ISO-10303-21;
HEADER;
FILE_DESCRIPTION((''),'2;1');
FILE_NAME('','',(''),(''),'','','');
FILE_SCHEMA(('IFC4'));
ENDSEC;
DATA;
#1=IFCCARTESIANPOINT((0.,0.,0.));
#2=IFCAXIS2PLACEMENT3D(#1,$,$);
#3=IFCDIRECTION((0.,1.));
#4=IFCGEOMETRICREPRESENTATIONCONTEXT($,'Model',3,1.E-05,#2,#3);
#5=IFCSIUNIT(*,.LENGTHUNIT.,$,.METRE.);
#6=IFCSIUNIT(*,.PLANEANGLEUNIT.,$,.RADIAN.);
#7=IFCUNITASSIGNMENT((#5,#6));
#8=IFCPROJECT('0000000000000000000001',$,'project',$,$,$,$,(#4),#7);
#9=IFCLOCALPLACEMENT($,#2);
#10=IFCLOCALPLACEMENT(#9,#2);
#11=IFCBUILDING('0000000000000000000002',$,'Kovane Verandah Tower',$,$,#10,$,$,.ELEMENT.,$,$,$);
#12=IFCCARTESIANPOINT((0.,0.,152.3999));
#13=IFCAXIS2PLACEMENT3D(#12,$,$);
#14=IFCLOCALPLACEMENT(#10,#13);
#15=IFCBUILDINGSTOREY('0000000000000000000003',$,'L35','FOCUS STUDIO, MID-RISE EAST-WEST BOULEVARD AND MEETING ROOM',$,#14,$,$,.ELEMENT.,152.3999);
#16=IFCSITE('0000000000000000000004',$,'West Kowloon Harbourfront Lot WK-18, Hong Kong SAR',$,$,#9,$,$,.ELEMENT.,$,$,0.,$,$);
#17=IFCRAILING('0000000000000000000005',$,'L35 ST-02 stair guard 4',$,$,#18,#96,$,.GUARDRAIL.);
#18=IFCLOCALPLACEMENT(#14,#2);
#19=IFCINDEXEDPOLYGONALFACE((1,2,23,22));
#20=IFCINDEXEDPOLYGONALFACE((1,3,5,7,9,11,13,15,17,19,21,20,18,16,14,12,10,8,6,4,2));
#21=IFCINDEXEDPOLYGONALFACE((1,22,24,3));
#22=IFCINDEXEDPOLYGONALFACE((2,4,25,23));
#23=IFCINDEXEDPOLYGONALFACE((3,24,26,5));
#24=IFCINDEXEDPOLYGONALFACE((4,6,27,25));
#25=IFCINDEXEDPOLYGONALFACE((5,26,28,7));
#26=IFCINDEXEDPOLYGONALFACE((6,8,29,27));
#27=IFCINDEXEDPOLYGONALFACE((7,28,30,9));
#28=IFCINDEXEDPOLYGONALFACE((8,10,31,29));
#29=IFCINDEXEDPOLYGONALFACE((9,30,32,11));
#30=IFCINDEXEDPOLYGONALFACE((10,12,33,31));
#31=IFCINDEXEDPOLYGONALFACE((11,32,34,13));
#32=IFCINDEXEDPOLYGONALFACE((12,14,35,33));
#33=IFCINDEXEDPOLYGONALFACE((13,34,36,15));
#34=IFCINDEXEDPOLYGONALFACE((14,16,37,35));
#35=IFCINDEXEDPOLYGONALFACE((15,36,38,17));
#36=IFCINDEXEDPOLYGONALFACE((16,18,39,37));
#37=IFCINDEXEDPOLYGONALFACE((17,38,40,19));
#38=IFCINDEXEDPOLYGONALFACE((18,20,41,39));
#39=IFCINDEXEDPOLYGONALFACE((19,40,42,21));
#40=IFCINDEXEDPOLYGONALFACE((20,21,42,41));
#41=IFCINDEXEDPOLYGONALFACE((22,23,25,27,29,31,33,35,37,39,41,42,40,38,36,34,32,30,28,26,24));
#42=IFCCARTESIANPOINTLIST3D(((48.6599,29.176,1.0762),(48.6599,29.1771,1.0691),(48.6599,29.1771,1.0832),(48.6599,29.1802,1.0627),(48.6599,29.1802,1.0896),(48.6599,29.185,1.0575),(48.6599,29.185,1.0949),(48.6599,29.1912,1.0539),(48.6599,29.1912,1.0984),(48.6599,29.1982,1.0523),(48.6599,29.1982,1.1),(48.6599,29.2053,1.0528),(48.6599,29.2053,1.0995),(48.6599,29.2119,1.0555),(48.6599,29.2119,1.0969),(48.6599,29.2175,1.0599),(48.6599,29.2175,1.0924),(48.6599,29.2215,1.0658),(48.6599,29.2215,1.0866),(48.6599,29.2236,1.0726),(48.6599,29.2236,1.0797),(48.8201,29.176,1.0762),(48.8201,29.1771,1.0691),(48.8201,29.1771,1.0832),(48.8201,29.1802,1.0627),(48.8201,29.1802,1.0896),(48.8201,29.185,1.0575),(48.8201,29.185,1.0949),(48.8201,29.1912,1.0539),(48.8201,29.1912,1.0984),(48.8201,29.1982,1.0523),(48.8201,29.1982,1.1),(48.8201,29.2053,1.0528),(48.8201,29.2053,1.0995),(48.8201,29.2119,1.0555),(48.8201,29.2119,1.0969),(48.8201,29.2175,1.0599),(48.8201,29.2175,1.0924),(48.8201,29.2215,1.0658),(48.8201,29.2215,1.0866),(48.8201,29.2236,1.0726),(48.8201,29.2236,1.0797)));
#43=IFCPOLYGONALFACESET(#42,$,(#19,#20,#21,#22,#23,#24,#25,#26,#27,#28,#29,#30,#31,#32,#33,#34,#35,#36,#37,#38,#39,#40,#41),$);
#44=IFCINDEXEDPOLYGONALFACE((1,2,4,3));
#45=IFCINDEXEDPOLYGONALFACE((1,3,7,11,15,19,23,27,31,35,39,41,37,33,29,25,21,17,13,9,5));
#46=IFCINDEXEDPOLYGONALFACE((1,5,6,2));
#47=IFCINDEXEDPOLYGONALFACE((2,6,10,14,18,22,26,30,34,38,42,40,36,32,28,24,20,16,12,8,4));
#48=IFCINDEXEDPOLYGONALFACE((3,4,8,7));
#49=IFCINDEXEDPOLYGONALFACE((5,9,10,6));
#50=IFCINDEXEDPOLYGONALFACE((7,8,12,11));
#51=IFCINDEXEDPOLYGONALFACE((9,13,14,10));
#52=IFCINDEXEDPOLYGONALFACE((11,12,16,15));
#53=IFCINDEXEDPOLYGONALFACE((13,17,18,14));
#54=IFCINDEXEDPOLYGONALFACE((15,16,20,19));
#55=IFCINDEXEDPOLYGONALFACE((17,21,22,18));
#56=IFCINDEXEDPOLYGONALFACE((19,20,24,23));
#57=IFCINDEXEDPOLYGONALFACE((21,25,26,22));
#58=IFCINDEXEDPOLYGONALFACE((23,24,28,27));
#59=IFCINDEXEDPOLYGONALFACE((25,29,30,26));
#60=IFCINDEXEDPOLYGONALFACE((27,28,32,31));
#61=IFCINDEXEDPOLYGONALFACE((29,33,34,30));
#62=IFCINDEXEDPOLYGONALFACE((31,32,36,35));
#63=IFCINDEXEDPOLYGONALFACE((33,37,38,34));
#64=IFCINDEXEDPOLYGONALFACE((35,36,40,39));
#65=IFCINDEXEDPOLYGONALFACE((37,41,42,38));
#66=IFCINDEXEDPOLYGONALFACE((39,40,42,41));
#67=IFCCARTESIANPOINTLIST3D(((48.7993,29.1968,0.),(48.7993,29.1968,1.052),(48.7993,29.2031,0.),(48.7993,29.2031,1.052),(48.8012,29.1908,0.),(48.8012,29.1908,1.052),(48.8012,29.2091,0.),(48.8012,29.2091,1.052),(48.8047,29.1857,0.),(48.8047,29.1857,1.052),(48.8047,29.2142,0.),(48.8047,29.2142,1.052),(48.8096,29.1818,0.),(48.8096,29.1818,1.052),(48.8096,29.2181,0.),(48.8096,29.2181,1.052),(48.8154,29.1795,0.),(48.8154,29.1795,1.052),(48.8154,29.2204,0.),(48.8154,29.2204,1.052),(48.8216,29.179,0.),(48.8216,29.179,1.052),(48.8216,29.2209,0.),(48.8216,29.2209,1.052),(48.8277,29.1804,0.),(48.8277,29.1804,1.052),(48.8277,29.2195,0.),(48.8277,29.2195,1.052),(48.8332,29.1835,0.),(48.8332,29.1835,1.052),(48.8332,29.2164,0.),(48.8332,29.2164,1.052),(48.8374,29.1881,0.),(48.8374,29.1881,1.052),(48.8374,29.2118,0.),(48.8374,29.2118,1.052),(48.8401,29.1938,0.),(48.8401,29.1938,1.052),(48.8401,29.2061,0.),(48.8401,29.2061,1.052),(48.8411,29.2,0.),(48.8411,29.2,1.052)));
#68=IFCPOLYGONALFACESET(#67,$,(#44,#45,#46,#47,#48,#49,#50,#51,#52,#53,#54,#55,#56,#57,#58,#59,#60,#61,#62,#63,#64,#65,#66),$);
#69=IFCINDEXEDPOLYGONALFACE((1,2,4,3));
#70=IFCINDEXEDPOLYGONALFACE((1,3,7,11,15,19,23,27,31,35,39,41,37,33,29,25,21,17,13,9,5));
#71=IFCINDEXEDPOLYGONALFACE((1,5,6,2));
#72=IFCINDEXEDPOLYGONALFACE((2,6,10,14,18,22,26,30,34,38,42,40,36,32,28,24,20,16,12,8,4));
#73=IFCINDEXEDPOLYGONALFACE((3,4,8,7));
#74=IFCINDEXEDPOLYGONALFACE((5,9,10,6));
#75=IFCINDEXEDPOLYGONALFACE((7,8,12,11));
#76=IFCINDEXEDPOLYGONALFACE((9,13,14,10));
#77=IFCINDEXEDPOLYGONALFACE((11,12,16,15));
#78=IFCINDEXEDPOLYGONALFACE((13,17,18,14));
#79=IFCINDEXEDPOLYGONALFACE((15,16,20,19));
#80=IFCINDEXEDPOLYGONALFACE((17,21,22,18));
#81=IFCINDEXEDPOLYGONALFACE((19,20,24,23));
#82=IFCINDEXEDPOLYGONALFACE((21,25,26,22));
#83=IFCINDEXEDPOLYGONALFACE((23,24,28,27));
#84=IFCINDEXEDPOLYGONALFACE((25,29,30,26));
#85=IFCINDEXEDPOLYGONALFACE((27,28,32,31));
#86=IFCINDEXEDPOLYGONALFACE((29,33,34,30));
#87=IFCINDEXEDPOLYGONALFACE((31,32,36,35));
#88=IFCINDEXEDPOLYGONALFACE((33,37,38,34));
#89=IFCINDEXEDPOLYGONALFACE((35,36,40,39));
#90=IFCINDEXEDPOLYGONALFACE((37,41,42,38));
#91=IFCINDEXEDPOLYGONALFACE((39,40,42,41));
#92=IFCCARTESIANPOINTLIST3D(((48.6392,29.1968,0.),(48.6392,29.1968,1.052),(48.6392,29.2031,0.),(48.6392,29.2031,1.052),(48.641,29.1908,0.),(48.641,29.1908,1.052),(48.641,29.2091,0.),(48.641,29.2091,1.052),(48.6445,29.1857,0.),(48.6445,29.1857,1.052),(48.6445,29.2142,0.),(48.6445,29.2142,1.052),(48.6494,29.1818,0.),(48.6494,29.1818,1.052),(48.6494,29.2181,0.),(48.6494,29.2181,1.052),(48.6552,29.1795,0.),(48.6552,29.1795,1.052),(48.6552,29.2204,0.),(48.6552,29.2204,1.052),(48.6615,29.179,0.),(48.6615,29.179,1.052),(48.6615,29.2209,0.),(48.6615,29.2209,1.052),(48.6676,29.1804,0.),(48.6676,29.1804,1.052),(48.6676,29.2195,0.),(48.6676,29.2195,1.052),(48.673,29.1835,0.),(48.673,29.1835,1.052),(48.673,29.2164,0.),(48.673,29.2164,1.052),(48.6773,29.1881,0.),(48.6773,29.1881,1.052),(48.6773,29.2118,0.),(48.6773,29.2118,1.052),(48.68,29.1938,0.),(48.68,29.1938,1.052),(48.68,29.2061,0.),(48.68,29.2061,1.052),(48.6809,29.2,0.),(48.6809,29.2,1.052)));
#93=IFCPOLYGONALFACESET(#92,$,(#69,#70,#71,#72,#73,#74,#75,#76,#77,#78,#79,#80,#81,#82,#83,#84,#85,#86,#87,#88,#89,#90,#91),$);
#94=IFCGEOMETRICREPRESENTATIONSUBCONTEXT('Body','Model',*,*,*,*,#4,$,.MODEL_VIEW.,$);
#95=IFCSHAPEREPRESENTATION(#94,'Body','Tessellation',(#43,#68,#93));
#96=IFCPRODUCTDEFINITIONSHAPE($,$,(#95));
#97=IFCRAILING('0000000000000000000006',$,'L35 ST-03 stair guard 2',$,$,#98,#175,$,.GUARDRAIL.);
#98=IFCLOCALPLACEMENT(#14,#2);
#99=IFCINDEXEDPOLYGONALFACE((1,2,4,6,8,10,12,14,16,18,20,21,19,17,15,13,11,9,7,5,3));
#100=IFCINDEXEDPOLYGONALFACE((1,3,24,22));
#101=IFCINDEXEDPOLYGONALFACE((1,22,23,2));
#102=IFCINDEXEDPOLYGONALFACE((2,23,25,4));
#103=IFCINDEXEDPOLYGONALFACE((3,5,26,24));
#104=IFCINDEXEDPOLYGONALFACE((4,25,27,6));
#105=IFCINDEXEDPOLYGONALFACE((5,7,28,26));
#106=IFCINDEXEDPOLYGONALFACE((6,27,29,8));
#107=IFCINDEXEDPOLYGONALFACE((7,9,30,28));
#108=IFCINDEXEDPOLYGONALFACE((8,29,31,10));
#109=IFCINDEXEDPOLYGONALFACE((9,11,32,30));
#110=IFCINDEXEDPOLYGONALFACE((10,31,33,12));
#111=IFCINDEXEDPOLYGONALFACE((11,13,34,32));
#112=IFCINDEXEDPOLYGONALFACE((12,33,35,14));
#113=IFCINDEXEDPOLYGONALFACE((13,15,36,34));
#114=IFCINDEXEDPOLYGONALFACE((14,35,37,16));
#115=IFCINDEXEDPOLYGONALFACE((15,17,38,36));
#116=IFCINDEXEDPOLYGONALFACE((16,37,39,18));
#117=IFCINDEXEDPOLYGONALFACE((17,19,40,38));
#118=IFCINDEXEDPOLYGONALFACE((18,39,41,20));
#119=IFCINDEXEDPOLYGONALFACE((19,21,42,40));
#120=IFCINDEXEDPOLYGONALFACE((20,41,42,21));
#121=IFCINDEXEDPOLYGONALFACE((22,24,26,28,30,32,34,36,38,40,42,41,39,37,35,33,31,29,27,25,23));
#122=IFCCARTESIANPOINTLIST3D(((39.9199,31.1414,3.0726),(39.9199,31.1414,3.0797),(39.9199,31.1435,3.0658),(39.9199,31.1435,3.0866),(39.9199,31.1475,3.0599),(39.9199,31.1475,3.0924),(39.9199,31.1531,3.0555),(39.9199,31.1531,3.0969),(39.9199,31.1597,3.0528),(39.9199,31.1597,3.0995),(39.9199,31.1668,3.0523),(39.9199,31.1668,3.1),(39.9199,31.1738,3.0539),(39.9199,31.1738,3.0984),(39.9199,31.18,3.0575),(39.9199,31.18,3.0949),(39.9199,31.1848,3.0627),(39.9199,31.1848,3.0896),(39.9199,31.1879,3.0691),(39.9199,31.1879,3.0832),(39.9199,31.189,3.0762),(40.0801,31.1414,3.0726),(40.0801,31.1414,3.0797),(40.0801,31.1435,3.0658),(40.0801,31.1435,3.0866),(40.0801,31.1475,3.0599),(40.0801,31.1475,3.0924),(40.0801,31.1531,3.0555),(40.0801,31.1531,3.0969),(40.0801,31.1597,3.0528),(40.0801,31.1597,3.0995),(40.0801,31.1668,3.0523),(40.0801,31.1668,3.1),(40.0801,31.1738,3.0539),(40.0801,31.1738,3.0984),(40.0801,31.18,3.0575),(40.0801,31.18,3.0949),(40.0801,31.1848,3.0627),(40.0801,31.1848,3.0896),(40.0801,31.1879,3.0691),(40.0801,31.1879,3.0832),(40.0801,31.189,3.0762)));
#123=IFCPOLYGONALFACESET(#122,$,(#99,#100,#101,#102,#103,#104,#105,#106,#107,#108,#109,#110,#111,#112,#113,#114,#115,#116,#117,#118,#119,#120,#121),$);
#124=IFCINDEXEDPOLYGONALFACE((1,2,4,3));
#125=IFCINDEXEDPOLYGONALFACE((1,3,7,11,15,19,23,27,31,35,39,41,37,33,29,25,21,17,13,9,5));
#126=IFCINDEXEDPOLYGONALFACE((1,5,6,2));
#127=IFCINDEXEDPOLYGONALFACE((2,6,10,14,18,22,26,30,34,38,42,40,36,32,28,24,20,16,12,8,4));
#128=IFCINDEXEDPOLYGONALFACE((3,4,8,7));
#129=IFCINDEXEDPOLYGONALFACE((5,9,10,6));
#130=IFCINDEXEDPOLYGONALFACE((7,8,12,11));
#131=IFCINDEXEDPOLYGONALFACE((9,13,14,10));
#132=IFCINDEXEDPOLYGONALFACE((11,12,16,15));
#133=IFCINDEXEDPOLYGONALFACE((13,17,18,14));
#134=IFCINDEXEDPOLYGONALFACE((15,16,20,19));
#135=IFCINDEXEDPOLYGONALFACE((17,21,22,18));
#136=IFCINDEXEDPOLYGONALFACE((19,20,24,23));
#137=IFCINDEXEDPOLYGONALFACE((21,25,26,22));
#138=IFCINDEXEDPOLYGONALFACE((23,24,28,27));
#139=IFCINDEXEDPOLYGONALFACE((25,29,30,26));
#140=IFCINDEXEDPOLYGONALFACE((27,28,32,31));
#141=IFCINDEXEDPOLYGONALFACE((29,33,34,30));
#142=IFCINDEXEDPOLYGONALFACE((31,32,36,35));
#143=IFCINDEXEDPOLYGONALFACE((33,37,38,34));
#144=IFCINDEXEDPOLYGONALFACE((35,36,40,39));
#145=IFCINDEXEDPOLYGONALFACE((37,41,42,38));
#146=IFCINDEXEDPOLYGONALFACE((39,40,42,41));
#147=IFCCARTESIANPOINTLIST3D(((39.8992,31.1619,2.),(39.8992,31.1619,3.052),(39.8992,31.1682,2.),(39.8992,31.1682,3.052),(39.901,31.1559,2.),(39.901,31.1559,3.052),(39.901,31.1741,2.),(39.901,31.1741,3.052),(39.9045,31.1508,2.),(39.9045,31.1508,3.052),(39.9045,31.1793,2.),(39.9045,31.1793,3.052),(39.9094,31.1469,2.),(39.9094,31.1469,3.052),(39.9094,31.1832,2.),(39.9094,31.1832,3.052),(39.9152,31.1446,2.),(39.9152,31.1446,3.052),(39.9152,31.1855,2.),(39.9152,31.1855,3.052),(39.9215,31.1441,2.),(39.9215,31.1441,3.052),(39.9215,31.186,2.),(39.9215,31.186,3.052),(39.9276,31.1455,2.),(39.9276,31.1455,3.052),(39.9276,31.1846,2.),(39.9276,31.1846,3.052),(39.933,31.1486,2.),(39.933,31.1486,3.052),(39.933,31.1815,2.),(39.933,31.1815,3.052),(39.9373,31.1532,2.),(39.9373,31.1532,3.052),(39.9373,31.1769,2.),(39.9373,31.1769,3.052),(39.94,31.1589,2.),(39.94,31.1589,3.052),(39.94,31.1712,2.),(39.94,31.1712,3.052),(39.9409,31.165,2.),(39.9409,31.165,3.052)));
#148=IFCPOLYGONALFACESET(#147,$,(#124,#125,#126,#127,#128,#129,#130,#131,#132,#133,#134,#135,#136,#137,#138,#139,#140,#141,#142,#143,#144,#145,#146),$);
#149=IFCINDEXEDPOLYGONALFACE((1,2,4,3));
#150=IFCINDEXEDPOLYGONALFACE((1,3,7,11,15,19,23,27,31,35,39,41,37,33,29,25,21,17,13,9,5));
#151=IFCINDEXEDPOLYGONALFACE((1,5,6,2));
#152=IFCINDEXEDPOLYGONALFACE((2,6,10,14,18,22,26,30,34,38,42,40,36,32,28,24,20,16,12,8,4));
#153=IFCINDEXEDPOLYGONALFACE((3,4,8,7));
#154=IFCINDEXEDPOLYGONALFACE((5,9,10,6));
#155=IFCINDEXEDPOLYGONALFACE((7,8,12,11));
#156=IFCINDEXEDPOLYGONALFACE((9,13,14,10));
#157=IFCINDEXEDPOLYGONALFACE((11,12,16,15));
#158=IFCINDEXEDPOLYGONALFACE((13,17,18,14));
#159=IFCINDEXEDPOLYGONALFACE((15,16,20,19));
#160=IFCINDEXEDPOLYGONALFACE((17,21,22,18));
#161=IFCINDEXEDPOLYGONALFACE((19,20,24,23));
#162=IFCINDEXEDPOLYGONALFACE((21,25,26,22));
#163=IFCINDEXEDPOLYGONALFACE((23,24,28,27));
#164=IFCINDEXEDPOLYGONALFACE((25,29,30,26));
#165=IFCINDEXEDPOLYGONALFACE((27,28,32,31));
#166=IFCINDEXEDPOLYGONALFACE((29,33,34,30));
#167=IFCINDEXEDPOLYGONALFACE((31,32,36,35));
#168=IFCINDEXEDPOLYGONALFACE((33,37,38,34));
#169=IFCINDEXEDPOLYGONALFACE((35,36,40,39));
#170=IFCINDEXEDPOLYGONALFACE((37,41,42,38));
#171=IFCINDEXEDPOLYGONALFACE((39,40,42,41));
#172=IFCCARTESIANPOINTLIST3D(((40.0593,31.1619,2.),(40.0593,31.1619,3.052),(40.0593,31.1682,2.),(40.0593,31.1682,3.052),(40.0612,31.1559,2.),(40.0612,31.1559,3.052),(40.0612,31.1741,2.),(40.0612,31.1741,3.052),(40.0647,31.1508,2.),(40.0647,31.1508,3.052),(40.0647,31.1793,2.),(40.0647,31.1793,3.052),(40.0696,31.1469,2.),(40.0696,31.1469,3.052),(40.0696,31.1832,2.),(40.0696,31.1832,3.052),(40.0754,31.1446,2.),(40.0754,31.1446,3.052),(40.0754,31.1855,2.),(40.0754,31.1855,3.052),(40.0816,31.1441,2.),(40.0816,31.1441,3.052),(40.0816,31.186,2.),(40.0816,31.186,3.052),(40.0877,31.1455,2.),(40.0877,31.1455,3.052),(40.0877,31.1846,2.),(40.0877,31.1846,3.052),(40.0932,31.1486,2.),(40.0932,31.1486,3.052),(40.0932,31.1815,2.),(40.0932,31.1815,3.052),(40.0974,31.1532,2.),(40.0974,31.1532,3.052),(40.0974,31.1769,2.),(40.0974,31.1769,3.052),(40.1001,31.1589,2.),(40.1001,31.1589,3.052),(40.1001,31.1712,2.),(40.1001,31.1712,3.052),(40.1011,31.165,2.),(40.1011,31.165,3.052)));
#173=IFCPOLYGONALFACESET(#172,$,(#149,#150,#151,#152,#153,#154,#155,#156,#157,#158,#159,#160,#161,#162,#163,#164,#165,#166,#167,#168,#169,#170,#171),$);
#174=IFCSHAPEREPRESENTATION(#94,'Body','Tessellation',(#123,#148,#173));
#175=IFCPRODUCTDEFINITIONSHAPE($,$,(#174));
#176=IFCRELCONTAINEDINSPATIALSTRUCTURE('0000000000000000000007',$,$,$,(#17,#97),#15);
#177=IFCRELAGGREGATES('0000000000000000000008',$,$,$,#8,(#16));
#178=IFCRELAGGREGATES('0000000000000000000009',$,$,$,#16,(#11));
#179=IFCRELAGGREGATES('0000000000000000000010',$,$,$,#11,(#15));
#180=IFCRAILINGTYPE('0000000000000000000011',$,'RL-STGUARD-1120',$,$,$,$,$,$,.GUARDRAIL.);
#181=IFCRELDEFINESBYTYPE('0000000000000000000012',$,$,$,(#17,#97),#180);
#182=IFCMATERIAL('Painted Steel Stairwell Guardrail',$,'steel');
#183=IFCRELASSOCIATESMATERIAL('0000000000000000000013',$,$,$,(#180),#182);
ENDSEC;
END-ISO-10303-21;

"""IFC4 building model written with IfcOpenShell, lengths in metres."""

from ifc_helpers import new_model, si_unit, direction, frame, origin, origin_2d, place, context, subcontext, project, spatial, circle, extrude, material, type_object, element, save


model = new_model("IFC4")

# Units and contexts
model_context = context("Model", 3, precision=1e-05, world=origin(), true_north=direction((0.0, 1.0)))
body_context = subcontext(model_context, "Body", "Model", "MODEL_VIEW")
ifc_project = project(units=[si_unit("LENGTHUNIT", "METRE"), si_unit("PLANEANGLEUNIT", "RADIAN")], contexts=[model_context])

# Site, building, storey
site_placement = place(None, origin())
site = spatial("IfcSite", under=ifc_project, at=site_placement, Name="West Kowloon Harbourfront Lot WK-18, Hong Kong SAR", CompositionType="ELEMENT", RefElevation=0.0)
building_placement = place(site_placement, origin())
building = spatial("IfcBuilding", under=site, at=building_placement, Name="Kovane Verandah Tower", CompositionType="ELEMENT")
storey_placement = place(building_placement, frame((0.0, 0.0, 152.3999)))
storey = spatial("IfcBuildingStorey", under=building, at=storey_placement, Name="L35", Description="FOCUS STUDIO, MID-RISE EAST-WEST BOULEVARD AND MEETING ROOM", CompositionType="ELEMENT", Elevation=152.3999)

# Railings
ifc_material_1 = material(Name="Painted Steel Stairwell Guardrail", Category="steel")
railing_type_1 = type_object("IfcRailingType", Name="RL-STGUARD-1120", PredefinedType="GUARDRAIL", material=ifc_material_1)
railing_1_placement = place(storey_placement, frame((48.8201, 29.2, 0.0)))
element("IfcRailing", 1, at=railing_1_placement, inside=storey, type_object=railing_type_1, Name="L35 ST-02 stair guard 4", PredefinedType="GUARDRAIL", context=body_context, shape_type="SweptSolid", body=[
    extrude(circle(Radius=0.0239, at=origin_2d()), frame((0.0, 0.0, 1.0762), z_axis=(-1.0, 0.0, 0.0), x_axis=(0.0, -1.0, 0.0)), (0.0, 0.0, 1.0), 0.1602),
    extrude(circle(Radius=0.021, at=origin_2d()), origin(), (0.0, 0.0, 1.0), 1.052),
    extrude(circle(Radius=0.021, at=origin_2d()), frame((-0.1602, 0.0, 0.0)), (0.0, 0.0, 1.0), 1.052),
])
railing_2_placement = place(storey_placement, frame((39.9199, 31.165, 2.0)))
element("IfcRailing", 2, at=railing_2_placement, inside=storey, type_object=railing_type_1, Name="L35 ST-03 stair guard 2", PredefinedType="GUARDRAIL", context=body_context, shape_type="SweptSolid", body=[
    extrude(circle(Radius=0.0239, at=origin_2d()), frame((0.0, 0.0, 1.0762), z_axis=(1.0, 0.0, 0.0), x_axis=(0.0, 1.0, 0.0)), (0.0, 0.0, 1.0), 0.1602),
    extrude(circle(Radius=0.021, at=origin_2d()), origin(), (0.0, 0.0, 1.0), 1.052),
    extrude(circle(Radius=0.021, at=origin_2d()), frame((0.1602, 0.0, 0.0)), (0.0, 0.0, 1.0), 1.052),
])

save(model, "model.ifc")
